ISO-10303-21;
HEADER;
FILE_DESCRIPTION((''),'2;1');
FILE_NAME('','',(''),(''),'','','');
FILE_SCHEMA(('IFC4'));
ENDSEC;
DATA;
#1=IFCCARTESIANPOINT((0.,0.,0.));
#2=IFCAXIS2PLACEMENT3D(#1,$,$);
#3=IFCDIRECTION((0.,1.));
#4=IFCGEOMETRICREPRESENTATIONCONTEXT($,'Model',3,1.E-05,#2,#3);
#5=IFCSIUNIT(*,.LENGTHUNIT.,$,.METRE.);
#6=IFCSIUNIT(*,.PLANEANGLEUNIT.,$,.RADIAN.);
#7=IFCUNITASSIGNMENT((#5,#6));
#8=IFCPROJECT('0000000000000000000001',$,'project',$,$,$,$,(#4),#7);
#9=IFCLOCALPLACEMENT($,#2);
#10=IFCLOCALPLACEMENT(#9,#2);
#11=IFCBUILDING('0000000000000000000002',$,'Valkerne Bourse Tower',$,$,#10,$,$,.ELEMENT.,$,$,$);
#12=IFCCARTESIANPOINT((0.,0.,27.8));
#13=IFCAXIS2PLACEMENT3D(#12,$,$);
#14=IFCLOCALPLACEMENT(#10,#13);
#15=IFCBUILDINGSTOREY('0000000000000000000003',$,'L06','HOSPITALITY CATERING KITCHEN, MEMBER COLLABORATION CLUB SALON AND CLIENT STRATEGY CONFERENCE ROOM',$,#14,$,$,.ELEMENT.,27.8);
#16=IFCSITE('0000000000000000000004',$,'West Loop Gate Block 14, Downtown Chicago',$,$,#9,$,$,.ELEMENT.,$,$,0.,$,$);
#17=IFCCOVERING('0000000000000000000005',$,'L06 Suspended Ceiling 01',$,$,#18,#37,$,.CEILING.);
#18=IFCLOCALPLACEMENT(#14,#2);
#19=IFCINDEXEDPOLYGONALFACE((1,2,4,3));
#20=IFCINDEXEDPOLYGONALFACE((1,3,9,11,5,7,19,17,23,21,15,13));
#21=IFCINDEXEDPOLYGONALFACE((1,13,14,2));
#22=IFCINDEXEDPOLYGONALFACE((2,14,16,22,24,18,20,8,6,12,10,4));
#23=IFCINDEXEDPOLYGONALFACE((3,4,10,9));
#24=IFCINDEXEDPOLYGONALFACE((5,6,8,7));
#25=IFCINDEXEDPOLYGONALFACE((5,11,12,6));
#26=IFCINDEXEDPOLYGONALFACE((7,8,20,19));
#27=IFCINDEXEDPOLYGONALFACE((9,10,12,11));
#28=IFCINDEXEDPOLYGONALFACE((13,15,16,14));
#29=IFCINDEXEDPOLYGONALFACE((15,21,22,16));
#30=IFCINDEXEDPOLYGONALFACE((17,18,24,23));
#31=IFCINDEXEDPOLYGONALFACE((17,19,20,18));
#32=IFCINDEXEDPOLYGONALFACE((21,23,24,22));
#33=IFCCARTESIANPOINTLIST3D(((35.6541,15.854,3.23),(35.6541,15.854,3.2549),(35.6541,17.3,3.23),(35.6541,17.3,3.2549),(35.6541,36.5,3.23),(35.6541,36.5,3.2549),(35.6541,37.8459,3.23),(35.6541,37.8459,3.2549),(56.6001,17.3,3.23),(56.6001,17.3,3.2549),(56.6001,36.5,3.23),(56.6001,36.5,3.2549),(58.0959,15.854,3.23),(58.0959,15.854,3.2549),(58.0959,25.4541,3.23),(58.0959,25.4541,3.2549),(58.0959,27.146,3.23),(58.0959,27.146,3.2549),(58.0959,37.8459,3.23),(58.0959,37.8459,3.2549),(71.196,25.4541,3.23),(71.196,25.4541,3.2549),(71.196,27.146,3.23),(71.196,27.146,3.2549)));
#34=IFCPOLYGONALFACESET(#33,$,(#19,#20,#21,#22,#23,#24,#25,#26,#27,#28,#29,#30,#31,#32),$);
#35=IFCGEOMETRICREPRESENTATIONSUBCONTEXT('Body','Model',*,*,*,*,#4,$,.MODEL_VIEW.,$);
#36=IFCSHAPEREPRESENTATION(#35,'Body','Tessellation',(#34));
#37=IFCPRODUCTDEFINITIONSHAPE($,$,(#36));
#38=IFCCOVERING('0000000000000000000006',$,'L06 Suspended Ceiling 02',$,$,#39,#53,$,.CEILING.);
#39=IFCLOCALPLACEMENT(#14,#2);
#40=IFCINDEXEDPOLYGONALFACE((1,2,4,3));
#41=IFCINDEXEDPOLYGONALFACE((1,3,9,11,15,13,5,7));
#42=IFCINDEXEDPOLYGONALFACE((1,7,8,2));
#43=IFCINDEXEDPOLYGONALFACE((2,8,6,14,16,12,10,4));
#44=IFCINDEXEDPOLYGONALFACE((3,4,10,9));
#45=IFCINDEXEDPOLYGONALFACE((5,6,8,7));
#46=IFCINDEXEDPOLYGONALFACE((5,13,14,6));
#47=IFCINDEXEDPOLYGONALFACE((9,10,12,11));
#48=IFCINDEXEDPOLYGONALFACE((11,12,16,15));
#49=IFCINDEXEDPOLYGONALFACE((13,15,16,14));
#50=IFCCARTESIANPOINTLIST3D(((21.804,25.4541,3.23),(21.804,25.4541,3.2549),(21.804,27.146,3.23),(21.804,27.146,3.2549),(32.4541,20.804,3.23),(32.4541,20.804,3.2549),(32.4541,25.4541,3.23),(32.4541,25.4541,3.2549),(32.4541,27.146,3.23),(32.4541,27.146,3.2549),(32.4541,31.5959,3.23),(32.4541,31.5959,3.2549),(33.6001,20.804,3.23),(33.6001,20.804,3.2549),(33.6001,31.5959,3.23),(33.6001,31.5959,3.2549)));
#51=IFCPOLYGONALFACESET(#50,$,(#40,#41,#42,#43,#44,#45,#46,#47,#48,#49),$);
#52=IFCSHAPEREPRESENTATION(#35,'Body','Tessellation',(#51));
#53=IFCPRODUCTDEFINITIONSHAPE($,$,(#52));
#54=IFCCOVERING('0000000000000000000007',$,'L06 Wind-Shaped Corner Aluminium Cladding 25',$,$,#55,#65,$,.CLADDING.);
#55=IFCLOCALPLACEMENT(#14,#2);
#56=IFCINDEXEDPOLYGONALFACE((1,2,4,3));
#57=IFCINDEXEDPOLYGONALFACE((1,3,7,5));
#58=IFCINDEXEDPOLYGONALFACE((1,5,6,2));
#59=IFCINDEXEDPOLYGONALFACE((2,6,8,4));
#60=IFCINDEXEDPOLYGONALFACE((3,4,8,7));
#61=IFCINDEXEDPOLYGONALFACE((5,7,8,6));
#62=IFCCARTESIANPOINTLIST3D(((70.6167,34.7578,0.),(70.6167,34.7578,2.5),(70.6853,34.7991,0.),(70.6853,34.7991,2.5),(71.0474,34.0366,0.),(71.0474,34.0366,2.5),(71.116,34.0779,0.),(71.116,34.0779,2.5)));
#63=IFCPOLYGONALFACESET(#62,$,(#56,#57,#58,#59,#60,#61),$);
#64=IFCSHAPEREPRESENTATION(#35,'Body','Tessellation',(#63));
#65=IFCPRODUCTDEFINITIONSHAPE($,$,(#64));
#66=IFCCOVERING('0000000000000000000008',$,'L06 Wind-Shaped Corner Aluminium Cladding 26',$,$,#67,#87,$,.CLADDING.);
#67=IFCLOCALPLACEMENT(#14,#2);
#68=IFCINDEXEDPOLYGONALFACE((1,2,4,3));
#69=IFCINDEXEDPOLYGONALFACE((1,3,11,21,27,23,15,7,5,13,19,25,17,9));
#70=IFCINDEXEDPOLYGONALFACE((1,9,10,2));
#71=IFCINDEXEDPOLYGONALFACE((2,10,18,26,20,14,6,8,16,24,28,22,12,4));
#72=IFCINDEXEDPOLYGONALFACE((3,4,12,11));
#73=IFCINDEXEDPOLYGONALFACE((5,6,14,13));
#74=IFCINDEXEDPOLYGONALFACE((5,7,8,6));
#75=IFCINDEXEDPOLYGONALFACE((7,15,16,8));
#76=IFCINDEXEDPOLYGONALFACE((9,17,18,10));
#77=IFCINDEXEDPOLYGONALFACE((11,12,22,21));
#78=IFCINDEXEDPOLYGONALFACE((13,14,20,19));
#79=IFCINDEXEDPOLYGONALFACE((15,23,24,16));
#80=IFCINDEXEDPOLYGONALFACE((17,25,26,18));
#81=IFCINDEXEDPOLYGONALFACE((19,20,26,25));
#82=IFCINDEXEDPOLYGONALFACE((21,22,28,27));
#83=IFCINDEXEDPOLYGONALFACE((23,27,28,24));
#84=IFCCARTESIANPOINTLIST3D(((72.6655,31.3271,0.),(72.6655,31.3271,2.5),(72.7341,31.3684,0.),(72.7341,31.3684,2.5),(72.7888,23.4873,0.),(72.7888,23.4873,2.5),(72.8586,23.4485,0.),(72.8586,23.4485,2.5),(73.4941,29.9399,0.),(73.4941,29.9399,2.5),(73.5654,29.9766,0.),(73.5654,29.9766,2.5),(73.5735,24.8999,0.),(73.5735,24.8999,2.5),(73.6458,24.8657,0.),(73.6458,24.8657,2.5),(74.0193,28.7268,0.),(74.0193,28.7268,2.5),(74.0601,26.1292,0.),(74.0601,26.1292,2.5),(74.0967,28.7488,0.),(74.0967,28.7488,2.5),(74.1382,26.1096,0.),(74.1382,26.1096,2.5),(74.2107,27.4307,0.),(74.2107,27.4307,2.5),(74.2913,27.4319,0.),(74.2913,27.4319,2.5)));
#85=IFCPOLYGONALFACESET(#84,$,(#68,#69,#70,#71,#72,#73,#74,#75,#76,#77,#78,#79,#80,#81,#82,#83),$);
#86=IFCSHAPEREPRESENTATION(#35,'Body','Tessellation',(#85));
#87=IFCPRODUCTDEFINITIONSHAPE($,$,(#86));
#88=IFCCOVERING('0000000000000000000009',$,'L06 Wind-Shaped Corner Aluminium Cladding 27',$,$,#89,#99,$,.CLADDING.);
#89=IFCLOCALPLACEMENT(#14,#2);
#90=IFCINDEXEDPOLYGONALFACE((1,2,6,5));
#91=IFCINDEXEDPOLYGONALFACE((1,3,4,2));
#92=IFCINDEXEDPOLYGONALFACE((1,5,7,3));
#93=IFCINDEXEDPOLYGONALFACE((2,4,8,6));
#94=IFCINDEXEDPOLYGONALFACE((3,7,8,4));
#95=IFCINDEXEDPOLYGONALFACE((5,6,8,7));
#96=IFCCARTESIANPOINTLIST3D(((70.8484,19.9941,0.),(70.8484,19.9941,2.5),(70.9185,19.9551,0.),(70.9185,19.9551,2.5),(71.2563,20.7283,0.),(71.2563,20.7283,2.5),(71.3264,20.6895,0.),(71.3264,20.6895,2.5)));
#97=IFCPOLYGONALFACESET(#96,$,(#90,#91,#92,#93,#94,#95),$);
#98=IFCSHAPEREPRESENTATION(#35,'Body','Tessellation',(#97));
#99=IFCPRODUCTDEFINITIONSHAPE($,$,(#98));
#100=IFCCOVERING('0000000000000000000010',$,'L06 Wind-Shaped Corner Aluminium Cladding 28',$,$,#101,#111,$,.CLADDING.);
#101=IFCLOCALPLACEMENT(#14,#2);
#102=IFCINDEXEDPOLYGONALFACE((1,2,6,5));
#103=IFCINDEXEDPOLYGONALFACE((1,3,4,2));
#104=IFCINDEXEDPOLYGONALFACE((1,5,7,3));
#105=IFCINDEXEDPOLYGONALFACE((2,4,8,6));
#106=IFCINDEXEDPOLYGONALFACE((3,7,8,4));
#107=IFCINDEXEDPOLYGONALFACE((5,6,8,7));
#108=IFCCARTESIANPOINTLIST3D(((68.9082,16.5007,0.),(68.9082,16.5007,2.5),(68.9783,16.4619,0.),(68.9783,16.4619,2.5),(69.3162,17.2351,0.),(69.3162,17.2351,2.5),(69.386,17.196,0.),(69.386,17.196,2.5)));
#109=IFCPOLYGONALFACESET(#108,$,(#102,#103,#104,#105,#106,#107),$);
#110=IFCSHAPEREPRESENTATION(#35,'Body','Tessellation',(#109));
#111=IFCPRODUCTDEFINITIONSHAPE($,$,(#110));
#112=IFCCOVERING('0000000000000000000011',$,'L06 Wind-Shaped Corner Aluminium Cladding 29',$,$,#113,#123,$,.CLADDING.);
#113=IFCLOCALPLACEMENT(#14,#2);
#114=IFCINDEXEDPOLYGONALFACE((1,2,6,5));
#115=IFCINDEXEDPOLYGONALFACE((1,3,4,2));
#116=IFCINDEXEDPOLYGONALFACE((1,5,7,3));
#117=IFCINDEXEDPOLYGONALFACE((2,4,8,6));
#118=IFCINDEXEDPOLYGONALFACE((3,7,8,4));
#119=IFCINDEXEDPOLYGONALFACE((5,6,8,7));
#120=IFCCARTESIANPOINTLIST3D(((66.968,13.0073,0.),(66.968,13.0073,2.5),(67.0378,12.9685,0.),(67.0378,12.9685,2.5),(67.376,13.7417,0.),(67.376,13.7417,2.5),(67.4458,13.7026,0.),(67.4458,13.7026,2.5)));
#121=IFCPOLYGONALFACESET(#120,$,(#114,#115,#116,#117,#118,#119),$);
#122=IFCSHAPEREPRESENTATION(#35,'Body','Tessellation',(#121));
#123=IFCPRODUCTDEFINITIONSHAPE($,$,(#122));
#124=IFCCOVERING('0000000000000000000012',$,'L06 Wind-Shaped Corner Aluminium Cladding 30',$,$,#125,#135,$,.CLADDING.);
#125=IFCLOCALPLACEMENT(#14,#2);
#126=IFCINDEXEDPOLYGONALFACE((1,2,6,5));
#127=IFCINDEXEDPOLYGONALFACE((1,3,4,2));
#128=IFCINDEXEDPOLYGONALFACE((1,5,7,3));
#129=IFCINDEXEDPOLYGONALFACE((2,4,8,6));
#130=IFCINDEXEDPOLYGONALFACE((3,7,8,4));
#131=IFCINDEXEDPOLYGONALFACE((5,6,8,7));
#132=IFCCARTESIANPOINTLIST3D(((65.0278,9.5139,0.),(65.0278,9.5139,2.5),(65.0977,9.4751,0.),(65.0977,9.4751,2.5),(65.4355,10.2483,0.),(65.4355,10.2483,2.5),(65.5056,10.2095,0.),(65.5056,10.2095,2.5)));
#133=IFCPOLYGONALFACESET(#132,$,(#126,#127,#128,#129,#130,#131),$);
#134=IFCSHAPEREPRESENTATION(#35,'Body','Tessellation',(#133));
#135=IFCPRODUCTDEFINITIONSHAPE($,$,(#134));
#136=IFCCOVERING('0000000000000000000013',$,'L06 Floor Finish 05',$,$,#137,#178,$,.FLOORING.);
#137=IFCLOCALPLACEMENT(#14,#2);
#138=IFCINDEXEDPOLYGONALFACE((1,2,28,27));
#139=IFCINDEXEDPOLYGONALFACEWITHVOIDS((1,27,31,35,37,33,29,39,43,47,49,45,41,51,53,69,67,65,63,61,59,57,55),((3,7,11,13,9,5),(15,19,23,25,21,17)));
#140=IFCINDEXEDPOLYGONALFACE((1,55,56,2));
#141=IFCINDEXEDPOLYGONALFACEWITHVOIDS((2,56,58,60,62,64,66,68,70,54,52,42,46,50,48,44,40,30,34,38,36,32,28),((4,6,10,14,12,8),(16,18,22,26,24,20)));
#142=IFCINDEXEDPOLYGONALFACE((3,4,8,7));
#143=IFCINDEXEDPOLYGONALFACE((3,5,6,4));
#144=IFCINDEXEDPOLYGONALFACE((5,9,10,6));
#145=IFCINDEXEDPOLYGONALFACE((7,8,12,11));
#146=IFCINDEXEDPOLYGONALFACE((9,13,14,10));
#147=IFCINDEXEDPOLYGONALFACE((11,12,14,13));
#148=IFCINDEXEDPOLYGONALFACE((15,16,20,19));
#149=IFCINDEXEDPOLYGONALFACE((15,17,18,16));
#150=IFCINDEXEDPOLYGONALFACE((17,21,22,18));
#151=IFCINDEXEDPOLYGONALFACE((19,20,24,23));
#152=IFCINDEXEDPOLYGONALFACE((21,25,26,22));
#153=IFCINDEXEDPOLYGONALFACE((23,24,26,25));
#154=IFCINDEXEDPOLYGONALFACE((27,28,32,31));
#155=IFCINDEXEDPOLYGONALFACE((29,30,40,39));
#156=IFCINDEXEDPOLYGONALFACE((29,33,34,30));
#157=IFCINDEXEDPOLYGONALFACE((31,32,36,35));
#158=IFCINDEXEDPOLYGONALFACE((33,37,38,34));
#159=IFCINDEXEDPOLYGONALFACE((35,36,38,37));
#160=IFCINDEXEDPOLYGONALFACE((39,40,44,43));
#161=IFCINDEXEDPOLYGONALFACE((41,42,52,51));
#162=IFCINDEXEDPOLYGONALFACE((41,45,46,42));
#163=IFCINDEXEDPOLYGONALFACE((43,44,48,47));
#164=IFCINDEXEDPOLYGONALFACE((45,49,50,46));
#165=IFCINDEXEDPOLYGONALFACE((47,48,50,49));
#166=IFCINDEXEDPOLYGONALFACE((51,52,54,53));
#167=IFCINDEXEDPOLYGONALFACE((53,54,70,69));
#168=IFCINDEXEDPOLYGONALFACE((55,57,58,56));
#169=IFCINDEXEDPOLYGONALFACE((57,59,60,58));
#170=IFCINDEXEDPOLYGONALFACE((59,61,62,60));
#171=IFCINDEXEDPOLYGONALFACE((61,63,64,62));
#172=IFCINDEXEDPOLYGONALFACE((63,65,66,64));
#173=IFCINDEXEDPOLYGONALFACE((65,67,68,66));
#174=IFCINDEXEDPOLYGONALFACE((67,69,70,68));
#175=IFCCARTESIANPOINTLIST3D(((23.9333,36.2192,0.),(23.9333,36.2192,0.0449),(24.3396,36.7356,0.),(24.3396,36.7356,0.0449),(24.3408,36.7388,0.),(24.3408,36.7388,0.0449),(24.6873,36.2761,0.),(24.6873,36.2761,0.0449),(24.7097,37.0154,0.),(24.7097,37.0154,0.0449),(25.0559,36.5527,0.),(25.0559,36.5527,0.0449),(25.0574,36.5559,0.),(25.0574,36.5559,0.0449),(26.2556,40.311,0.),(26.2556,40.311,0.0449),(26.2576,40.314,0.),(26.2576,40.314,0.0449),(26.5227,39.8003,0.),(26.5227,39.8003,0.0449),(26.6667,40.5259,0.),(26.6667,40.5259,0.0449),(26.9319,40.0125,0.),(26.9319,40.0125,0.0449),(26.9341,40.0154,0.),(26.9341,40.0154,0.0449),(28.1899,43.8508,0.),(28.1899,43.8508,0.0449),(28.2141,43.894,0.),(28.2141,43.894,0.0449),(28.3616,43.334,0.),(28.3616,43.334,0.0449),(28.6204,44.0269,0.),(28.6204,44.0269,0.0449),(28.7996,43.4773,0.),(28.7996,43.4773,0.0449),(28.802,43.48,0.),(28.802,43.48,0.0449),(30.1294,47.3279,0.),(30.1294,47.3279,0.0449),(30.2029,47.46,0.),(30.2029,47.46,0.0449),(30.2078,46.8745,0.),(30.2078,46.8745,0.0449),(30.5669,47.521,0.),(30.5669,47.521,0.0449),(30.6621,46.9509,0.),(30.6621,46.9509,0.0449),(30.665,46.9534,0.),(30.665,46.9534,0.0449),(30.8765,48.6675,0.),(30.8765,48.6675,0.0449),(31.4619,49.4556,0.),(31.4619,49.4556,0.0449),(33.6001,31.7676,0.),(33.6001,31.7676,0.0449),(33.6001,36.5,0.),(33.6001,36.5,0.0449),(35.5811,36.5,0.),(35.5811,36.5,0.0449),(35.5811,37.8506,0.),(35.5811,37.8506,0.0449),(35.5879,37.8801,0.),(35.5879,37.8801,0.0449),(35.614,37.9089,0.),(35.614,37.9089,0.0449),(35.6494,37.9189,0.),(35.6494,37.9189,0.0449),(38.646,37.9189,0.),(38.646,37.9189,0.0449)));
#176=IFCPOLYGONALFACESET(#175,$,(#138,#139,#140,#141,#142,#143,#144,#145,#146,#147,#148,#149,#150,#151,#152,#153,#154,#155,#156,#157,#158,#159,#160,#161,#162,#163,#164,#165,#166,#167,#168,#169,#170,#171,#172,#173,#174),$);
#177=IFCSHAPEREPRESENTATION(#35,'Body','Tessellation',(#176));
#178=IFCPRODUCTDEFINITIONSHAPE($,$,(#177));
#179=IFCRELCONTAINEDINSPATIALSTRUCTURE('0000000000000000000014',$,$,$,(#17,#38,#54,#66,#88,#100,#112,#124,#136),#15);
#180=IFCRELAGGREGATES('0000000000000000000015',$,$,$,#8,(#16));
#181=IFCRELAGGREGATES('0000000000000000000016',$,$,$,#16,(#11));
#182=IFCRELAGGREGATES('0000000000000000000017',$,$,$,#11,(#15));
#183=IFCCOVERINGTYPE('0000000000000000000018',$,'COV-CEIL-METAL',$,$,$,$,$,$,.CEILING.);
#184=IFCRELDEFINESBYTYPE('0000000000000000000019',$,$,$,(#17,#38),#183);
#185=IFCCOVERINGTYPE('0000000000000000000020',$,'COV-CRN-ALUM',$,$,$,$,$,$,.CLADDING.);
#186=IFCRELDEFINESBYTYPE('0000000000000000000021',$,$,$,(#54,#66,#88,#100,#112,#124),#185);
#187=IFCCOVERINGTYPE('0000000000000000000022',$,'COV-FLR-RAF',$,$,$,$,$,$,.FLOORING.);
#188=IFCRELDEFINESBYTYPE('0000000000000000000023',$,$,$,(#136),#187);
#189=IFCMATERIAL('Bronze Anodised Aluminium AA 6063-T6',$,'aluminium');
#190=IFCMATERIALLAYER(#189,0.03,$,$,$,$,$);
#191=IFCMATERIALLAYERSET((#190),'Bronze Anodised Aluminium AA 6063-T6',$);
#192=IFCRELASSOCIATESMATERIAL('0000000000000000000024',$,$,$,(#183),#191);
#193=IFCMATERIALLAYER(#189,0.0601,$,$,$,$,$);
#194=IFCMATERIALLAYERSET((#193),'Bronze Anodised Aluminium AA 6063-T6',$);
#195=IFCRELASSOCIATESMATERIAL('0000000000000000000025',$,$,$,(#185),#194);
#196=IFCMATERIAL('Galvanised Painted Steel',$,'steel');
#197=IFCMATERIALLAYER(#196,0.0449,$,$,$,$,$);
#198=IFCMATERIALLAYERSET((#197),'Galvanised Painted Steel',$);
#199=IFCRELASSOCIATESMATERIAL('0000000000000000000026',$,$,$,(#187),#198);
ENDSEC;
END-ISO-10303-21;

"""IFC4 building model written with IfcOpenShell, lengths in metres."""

from ifc_helpers import new_model, si_unit, direction, frame, origin, place, context, subcontext, project, spatial, polyline, outline, extrude, material, layer, layer_set, type_object, element, save


model = new_model("IFC4")

# Units and contexts
model_context = context("Model", 3, precision=1e-05, world=origin(), true_north=direction((0.0, 1.0)))
body_context = subcontext(model_context, "Body", "Model", "MODEL_VIEW")
ifc_project = project(units=[si_unit("LENGTHUNIT", "METRE"), si_unit("PLANEANGLEUNIT", "RADIAN")], contexts=[model_context])

# Site, building, storey
site_placement = place(None, origin())
site = spatial("IfcSite", under=ifc_project, at=site_placement, Name="West Loop Gate Block 14, Downtown Chicago", CompositionType="ELEMENT", RefElevation=0.0)
building_placement = place(site_placement, origin())
building = spatial("IfcBuilding", under=site, at=building_placement, Name="Valkerne Bourse Tower", CompositionType="ELEMENT")
storey_placement = place(building_placement, frame((0.0, 0.0, 27.8)))
storey = spatial("IfcBuildingStorey", under=building, at=storey_placement, Name="L06", Description="HOSPITALITY CATERING KITCHEN, MEMBER COLLABORATION CLUB SALON AND CLIENT STRATEGY CONFERENCE ROOM", CompositionType="ELEMENT", Elevation=27.8)

# Coverings
ifc_material_1 = material(Name="Bronze Anodised Aluminium AA 6063-T6", Category="aluminium")
ifc_layer_1 = layer(ifc_material_1, 0.03)
ifc_layer_set_1 = layer_set([ifc_layer_1], Name="Bronze Anodised Aluminium AA 6063-T6")
covering_type_1 = type_object("IfcCoveringType", Name="COV-CEIL-METAL", PredefinedType="CEILING", material=ifc_layer_set_1)
covering_1_placement = place(storey_placement, frame((0.0, 0.0, 3.23)))
element("IfcCovering", 1, at=covering_1_placement, inside=storey, type_object=covering_type_1, Name="L06 Suspended Ceiling 01", PredefinedType="CEILING", context=body_context, shape_type="SweptSolid", body=[
    extrude(outline(polyline([(71.196, 27.146), (71.196, 25.4541), (58.0959, 25.4541), (58.0959, 15.854), (35.6541, 15.854), (35.6541, 17.3), (56.6001, 17.3), (56.6001, 36.5), (35.6541, 36.5), (35.6541, 37.8459), (58.0959, 37.8459), (58.0959, 27.146), (71.196, 27.146)])), origin(), (0.0, 0.0, 1.0), 0.0249),
])
covering_2_placement = place(storey_placement, frame((0.0, 0.0, 3.23)))
element("IfcCovering", 2, at=covering_2_placement, inside=storey, type_object=covering_type_1, Name="L06 Suspended Ceiling 02", PredefinedType="CEILING", context=body_context, shape_type="SweptSolid", body=[
    extrude(outline(polyline([(32.4541, 20.804), (32.4541, 25.4541), (21.804, 25.4541), (21.804, 27.146), (32.4541, 27.146), (32.4541, 31.5959), (33.6001, 31.5959), (33.6001, 20.804), (32.4541, 20.804)])), origin(), (0.0, 0.0, 1.0), 0.0249),
])
ifc_layer_2 = layer(ifc_material_1, 0.0601)
ifc_layer_set_2 = layer_set([ifc_layer_2], Name="Bronze Anodised Aluminium AA 6063-T6")
covering_type_2 = type_object("IfcCoveringType", Name="COV-CRN-ALUM", PredefinedType="CLADDING", material=ifc_layer_set_2)
covering_3_placement = place(storey_placement, origin())
element("IfcCovering", 3, at=covering_3_placement, inside=storey, type_object=covering_type_2, Name="L06 Wind-Shaped Corner Aluminium Cladding 25", PredefinedType="CLADDING", context=body_context, shape_type="SweptSolid", body=[
    extrude(outline(polyline([(71.116, 34.0779), (71.0474, 34.0366), (70.6167, 34.7578), (70.6853, 34.7991), (71.116, 34.0779)])), origin(), (0.0, 0.0, 1.0), 2.5),
])
covering_4_placement = place(storey_placement, origin())
element("IfcCovering", 4, at=covering_4_placement, inside=storey, type_object=covering_type_2, Name="L06 Wind-Shaped Corner Aluminium Cladding 26", PredefinedType="CLADDING", context=body_context, shape_type="SweptSolid", body=[
    extrude(outline(polyline([(73.5654, 29.9766), (74.0967, 28.7488), (74.2913, 27.4319), (74.1382, 26.1096), (73.6458, 24.8657), (72.8586, 23.4485), (72.7888, 23.4873), (73.5735, 24.8999), (74.0601, 26.1292), (74.2107, 27.4307), (74.0193, 28.7268), (73.4941, 29.9399), (72.6655, 31.3271), (72.7341, 31.3684), (73.5654, 29.9766)])), origin(), (0.0, 0.0, 1.0), 2.5),
])
covering_5_placement = place(storey_placement, origin())
element("IfcCovering", 5, at=covering_5_placement, inside=storey, type_object=covering_type_2, Name="L06 Wind-Shaped Corner Aluminium Cladding 27", PredefinedType="CLADDING", context=body_context, shape_type="SweptSolid", body=[
    extrude(outline(polyline([(70.9185, 19.9551), (70.8484, 19.9941), (71.2563, 20.7283), (71.3264, 20.6895), (70.9185, 19.9551)])), origin(), (0.0, 0.0, 1.0), 2.5),
])
covering_6_placement = place(storey_placement, origin())
element("IfcCovering", 6, at=covering_6_placement, inside=storey, type_object=covering_type_2, Name="L06 Wind-Shaped Corner Aluminium Cladding 28", PredefinedType="CLADDING", context=body_context, shape_type="SweptSolid", body=[
    extrude(outline(polyline([(68.9783, 16.4619), (68.9082, 16.5007), (69.3162, 17.2351), (69.386, 17.196), (68.9783, 16.4619)])), origin(), (0.0, 0.0, 1.0), 2.5),
])
covering_7_placement = place(storey_placement, origin())
element("IfcCovering", 7, at=covering_7_placement, inside=storey, type_object=covering_type_2, Name="L06 Wind-Shaped Corner Aluminium Cladding 29", PredefinedType="CLADDING", context=body_context, shape_type="SweptSolid", body=[
    extrude(outline(polyline([(67.0378, 12.9685), (66.968, 13.0073), (67.376, 13.7417), (67.4458, 13.7026), (67.0378, 12.9685)])), origin(), (0.0, 0.0, 1.0), 2.5),
])
covering_8_placement = place(storey_placement, origin())
element("IfcCovering", 8, at=covering_8_placement, inside=storey, type_object=covering_type_2, Name="L06 Wind-Shaped Corner Aluminium Cladding 30", PredefinedType="CLADDING", context=body_context, shape_type="SweptSolid", body=[
    extrude(outline(polyline([(65.0977, 9.4751), (65.0278, 9.5139), (65.4355, 10.2483), (65.5056, 10.2095), (65.0977, 9.4751)])), origin(), (0.0, 0.0, 1.0), 2.5),
])
ifc_material_2 = material(Name="Galvanised Painted Steel", Category="steel")
ifc_layer_3 = layer(ifc_material_2, 0.0449)
ifc_layer_set_3 = layer_set([ifc_layer_3], Name="Galvanised Painted Steel")
covering_type_3 = type_object("IfcCoveringType", Name="COV-FLR-RAF", PredefinedType="FLOORING", material=ifc_layer_set_3)
covering_9_placement = place(storey_placement, origin())
element("IfcCovering", 9, at=covering_9_placement, inside=storey, type_object=covering_type_3, Name="L06 Floor Finish 05", PredefinedType="FLOORING", context=body_context, shape_type="SweptSolid", body=[
    extrude(outline(polyline([(38.646, 37.9189), (35.6494, 37.9189), (35.614, 37.9089), (35.5879, 37.8801), (35.5811, 37.8506), (35.5811, 36.5), (33.6001, 36.5), (33.6001, 31.7676), (23.9333, 36.2192), (28.1899, 43.8508), (28.3616, 43.334), (28.7996, 43.4773), (28.802, 43.48), (28.6204, 44.0269), (28.2141, 43.894), (30.1294, 47.3279), (30.2078, 46.8745), (30.6621, 46.9509), (30.665, 46.9534), (30.5669, 47.521), (30.2029, 47.46), (30.8765, 48.6675), (31.4619, 49.4556), (38.646, 37.9189)]), holes=[polyline([(25.0574, 36.5559), (24.7097, 37.0154), (24.3408, 36.7388), (24.3396, 36.7356), (24.6873, 36.2761), (25.0559, 36.5527), (25.0574, 36.5559)]), polyline([(26.9319, 40.0125), (26.9341, 40.0154), (26.6667, 40.5259), (26.2576, 40.314), (26.2556, 40.311), (26.5227, 39.8003), (26.9319, 40.0125)])]), origin(), (0.0, 0.0, 1.0), 0.0449),
])

save(model, "model.ifc")
